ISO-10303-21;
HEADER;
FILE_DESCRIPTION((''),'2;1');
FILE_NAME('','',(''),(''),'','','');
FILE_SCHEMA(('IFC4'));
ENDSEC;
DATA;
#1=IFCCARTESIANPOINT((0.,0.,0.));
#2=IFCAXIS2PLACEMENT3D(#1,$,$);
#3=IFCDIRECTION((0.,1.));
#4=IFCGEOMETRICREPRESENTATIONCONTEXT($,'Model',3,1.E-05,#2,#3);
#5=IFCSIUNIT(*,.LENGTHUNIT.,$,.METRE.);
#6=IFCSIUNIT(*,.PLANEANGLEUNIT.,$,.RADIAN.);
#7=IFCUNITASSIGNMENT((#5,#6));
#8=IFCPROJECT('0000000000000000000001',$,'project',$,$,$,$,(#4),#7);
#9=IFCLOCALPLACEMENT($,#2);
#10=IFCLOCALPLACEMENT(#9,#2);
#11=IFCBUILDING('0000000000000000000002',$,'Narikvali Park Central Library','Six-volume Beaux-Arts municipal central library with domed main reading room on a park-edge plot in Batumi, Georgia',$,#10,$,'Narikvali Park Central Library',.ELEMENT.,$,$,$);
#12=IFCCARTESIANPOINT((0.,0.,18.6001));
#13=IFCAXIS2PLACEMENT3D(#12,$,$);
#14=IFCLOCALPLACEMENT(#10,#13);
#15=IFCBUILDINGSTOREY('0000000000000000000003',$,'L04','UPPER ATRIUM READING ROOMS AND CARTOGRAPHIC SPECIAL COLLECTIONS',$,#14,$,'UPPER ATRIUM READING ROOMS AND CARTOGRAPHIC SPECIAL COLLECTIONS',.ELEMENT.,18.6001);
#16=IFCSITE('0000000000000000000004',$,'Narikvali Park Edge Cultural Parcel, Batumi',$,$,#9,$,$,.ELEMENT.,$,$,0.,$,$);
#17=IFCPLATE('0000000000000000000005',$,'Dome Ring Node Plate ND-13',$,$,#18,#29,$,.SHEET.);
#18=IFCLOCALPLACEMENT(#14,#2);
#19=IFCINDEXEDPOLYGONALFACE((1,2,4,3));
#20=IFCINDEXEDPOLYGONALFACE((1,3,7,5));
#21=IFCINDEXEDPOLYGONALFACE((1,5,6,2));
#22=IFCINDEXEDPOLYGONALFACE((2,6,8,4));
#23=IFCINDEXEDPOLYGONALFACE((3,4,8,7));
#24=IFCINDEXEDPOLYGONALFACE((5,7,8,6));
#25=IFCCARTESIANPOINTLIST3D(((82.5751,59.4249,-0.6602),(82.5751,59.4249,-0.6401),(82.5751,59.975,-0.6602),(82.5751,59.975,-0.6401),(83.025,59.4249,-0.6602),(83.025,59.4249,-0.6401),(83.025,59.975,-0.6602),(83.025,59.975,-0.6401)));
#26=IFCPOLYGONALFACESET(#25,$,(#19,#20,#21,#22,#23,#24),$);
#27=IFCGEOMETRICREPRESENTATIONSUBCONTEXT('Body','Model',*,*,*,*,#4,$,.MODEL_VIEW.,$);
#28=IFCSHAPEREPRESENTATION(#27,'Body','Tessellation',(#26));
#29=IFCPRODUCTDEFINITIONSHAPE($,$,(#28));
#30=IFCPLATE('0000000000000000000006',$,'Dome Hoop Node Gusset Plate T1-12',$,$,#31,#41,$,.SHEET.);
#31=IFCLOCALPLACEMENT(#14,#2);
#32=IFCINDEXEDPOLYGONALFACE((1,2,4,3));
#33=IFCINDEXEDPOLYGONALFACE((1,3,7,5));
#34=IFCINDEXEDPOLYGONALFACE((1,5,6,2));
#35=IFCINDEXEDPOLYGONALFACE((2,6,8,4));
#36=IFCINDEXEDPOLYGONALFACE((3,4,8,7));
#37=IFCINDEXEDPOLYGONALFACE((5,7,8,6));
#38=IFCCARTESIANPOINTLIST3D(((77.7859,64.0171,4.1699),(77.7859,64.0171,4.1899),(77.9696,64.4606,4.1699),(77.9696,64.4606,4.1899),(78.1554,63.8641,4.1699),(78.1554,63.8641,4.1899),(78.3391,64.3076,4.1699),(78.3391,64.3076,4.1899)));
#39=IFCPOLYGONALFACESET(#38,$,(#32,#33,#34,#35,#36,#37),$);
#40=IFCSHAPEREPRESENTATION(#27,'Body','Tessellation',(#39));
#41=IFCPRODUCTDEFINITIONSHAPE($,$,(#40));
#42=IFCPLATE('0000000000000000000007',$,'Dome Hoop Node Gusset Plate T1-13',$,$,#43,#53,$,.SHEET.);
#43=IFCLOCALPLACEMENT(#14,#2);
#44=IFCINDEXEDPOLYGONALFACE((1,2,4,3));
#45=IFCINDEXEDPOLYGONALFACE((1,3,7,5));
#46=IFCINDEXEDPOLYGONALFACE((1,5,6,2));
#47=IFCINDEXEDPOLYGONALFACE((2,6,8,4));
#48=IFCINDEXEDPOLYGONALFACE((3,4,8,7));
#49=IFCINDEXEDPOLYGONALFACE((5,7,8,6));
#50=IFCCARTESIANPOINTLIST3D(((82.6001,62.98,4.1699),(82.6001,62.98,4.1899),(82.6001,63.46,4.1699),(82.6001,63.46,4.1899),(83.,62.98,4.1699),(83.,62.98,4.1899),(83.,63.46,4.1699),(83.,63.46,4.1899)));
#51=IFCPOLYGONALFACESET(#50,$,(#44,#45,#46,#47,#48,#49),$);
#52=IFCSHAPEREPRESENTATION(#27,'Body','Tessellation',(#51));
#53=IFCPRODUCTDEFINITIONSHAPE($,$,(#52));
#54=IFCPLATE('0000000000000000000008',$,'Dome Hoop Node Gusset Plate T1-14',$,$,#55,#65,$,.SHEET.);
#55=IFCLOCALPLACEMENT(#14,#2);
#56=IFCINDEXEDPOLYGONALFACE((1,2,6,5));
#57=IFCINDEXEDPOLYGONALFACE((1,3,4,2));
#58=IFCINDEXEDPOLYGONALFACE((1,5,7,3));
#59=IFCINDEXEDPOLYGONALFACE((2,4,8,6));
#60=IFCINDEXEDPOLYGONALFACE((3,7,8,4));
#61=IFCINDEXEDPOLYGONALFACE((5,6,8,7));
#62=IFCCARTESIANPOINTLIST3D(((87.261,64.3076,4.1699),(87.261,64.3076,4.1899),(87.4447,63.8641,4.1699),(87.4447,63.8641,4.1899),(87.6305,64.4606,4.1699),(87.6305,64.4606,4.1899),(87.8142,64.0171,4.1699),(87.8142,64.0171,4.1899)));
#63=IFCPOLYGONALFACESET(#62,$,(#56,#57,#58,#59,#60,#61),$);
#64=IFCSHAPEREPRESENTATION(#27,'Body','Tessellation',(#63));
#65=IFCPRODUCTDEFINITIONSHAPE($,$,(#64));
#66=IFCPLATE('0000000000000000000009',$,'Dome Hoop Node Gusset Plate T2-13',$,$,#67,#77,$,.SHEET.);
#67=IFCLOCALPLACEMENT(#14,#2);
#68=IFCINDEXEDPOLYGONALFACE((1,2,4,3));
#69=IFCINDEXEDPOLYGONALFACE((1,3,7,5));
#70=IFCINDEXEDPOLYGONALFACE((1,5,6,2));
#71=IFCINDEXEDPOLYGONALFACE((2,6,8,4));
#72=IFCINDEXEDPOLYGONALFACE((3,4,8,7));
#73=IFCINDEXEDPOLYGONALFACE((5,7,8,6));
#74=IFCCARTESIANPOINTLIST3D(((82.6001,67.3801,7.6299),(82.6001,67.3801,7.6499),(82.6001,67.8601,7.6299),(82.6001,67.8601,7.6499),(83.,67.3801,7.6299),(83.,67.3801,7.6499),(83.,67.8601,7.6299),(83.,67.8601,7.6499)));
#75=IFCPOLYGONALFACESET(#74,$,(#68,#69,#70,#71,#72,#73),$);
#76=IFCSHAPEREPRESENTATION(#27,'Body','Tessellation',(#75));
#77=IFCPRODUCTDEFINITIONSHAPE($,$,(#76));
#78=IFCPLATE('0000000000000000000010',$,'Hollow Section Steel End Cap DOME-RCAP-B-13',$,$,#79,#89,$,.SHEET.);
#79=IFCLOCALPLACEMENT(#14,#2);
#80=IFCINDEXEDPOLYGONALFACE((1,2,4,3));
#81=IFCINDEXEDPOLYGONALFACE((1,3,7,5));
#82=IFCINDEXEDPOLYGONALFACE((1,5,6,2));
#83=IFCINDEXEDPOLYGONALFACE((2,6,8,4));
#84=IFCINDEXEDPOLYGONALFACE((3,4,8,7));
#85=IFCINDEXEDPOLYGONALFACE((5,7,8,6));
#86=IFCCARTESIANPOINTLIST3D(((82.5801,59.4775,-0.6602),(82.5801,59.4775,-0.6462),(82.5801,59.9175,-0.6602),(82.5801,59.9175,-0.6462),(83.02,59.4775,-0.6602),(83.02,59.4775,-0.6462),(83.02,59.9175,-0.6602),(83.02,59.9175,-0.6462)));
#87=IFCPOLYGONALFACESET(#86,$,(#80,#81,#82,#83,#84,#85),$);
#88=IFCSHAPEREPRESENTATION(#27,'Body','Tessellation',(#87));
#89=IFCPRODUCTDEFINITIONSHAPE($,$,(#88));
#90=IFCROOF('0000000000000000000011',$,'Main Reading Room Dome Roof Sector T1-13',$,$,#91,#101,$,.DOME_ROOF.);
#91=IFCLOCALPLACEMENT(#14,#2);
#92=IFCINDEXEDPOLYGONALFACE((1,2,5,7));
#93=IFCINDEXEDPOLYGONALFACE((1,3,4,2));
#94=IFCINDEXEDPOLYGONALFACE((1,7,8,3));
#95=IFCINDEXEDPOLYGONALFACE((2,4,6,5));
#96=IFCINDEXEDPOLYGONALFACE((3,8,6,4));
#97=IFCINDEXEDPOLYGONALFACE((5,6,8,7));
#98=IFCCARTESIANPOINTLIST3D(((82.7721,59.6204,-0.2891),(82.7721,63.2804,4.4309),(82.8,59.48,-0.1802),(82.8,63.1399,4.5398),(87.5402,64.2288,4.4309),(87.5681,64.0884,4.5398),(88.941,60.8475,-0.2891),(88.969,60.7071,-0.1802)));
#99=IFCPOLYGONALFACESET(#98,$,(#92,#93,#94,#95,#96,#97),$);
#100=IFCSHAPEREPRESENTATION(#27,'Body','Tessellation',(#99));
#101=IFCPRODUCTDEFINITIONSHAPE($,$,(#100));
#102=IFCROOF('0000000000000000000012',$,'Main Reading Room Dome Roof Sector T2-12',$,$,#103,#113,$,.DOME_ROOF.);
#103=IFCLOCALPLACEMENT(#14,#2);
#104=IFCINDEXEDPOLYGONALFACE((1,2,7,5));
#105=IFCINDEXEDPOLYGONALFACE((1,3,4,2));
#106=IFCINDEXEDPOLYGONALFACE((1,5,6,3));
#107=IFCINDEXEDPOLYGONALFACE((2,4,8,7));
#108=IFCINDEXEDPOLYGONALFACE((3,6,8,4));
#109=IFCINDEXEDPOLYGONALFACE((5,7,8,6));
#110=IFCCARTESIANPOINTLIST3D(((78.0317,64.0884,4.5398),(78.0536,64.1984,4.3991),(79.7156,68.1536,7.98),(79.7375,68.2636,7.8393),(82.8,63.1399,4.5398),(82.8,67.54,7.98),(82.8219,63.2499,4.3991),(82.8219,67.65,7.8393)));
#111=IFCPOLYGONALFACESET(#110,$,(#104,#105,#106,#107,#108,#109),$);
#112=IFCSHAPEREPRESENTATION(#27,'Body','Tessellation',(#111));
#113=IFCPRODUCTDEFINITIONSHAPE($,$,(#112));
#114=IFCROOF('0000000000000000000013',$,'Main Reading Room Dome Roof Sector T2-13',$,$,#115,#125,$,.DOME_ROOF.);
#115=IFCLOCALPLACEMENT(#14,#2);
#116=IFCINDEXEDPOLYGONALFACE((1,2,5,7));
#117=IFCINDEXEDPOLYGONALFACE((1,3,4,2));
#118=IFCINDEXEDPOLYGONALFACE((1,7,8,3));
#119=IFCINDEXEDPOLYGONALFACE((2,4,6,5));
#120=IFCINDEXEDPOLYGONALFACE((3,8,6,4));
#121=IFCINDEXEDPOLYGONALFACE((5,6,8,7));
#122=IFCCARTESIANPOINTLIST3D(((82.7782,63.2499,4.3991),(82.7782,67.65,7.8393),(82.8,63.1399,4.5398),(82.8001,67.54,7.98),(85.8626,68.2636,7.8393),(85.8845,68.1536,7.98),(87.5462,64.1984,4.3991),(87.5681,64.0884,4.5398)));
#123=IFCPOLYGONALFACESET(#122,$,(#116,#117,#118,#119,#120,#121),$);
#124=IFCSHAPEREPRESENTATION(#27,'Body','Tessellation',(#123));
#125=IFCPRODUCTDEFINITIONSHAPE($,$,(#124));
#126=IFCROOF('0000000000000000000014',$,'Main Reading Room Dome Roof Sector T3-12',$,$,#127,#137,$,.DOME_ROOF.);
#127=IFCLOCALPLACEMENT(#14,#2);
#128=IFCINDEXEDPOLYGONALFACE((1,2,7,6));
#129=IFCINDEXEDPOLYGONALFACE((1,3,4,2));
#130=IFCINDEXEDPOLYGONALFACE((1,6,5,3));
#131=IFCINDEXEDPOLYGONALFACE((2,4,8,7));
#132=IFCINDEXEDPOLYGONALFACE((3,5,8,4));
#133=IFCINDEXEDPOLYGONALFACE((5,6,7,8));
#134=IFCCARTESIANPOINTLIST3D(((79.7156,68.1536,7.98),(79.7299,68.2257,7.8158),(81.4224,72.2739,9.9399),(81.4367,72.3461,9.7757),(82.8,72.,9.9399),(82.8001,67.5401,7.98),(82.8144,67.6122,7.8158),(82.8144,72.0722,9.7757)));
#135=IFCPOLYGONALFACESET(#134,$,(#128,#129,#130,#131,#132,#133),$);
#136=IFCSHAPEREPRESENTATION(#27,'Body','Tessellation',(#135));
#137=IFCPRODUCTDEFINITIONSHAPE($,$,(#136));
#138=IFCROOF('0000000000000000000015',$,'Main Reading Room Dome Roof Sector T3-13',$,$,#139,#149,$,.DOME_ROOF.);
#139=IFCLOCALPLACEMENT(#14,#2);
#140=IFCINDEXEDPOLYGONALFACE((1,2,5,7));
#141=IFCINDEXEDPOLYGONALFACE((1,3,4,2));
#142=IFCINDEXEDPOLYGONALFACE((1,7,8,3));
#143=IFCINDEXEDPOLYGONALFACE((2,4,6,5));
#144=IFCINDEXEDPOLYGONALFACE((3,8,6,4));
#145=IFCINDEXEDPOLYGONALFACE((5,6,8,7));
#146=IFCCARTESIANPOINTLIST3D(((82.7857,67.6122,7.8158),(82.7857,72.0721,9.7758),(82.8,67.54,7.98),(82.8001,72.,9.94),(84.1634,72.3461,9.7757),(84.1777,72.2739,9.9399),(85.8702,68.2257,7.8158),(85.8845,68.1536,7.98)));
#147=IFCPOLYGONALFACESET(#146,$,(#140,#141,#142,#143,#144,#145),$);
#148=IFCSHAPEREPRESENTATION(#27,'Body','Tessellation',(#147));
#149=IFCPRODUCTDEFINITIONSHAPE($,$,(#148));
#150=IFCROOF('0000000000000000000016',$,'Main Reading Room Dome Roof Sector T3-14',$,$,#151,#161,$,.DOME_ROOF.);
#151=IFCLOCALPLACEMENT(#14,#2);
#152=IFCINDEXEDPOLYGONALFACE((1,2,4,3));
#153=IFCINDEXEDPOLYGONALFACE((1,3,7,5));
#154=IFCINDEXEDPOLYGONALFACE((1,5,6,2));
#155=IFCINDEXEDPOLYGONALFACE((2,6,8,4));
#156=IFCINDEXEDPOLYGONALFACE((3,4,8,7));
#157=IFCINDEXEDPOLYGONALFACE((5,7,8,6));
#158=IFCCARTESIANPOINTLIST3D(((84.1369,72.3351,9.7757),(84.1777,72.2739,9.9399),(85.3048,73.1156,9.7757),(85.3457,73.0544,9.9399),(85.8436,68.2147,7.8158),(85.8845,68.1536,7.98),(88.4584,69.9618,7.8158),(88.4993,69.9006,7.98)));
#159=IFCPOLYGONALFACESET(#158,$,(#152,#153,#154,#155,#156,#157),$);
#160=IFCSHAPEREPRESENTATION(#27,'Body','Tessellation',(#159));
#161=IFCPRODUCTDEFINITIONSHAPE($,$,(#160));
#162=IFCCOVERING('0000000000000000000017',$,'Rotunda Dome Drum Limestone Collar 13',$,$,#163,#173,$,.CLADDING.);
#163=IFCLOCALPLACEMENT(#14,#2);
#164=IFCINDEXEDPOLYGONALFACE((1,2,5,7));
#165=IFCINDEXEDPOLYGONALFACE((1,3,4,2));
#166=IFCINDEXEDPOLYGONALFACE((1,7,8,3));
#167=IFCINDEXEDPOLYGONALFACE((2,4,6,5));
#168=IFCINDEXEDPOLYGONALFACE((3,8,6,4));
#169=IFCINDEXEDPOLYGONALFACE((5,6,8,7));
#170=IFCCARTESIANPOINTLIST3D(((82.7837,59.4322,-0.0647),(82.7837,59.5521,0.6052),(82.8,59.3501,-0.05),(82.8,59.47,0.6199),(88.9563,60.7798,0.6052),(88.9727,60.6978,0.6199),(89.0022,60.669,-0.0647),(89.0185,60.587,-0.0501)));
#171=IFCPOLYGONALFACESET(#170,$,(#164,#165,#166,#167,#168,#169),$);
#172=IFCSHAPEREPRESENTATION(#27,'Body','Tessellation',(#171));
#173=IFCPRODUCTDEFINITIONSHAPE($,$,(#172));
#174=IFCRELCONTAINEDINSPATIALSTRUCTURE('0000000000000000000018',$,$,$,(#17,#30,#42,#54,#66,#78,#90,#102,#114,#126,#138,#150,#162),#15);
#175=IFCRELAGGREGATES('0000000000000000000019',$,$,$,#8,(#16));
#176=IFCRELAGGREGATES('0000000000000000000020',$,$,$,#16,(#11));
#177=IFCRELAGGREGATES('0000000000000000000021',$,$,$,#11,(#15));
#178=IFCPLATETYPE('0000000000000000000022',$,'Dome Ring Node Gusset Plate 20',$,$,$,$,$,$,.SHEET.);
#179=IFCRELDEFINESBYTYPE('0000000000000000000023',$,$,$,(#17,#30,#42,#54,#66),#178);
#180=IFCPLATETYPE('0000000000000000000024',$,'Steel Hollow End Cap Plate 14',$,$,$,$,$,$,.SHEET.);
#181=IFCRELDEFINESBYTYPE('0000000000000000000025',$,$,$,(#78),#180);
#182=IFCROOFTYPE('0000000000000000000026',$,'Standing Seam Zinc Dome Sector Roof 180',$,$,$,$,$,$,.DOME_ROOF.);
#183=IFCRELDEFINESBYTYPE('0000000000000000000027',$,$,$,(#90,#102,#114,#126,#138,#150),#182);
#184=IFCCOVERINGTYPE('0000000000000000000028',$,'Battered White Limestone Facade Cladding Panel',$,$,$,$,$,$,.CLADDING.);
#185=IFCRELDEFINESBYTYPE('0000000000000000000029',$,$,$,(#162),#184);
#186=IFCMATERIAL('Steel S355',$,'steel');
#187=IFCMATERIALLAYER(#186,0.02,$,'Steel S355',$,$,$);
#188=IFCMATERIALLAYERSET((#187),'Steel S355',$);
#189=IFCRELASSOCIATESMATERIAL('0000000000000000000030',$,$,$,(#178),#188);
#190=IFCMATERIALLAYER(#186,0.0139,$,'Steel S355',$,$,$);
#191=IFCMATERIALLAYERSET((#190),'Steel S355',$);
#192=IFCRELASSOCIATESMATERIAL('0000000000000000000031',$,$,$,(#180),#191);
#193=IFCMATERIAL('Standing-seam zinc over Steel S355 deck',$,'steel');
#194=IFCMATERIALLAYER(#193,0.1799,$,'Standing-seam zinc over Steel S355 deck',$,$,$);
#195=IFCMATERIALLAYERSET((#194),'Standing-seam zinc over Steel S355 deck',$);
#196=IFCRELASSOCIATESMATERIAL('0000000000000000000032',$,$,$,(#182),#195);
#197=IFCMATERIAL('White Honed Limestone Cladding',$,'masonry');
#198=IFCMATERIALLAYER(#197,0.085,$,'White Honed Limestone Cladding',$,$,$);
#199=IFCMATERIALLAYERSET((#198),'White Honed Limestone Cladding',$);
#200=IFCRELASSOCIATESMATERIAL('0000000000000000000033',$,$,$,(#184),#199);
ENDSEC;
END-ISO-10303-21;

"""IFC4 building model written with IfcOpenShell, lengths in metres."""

from ifc_helpers import new_model, si_unit, direction, frame, origin, origin_2d, place, context, subcontext, project, spatial, polyline, rectangle, outline, extrude, material, layer, layer_set, type_object, element, save


model = new_model("IFC4")

# Units and contexts
model_context = context("Model", 3, precision=1e-05, world=origin(), true_north=direction((0.0, 1.0)))
body_context = subcontext(model_context, "Body", "Model", "MODEL_VIEW")
ifc_project = project(units=[si_unit("LENGTHUNIT", "METRE"), si_unit("PLANEANGLEUNIT", "RADIAN")], contexts=[model_context])

# Site, building, storey
site_placement = place(None, origin())
site = spatial("IfcSite", under=ifc_project, at=site_placement, Name="Narikvali Park Edge Cultural Parcel, Batumi", CompositionType="ELEMENT", RefElevation=0.0)
building_placement = place(site_placement, origin())
building = spatial("IfcBuilding", under=site, at=building_placement, Name="Narikvali Park Central Library", Description="Six-volume Beaux-Arts municipal central library with domed main reading room on a park-edge plot in Batumi, Georgia", LongName="Narikvali Park Central Library", CompositionType="ELEMENT")
storey_placement = place(building_placement, frame((0.0, 0.0, 18.6001)))
storey = spatial("IfcBuildingStorey", under=building, at=storey_placement, Name="L04", Description="UPPER ATRIUM READING ROOMS AND CARTOGRAPHIC SPECIAL COLLECTIONS", LongName="UPPER ATRIUM READING ROOMS AND CARTOGRAPHIC SPECIAL COLLECTIONS", CompositionType="ELEMENT", Elevation=18.6001)

# Shared definitions
ifc_material_1 = material(Name="Steel S355", Category="steel")

# Plates
ifc_layer_1 = layer(ifc_material_1, 0.02, Name="Steel S355")
ifc_layer_set_1 = layer_set([ifc_layer_1], Name="Steel S355")
plate_type_1 = type_object("IfcPlateType", Name="Dome Ring Node Gusset Plate 20", PredefinedType="SHEET", material=ifc_layer_set_1)
plate_1_placement = place(storey_placement, frame((82.8, 59.7, -0.6602), z_axis=(0.0, 0.0, 1.0), x_axis=(0.0, -1.0, 0.0)))
element("IfcPlate", 1, at=plate_1_placement, inside=storey, type_object=plate_type_1, Name="Dome Ring Node Plate ND-13", PredefinedType="SHEET", context=body_context, shape_type="SweptSolid", body=[
    extrude(rectangle(XDim=0.55, YDim=0.45, at=origin_2d()), origin(), (0.0, 0.0, 1.0), 0.02),
])
for number, where, z_axis, x_axis, name in (
    (2, (78.0625, 64.1624, 4.1699), (0.0, 0.0, 1.0), (-0.382683, -0.92388, 0.0), "Dome Hoop Node Gusset Plate T1-12"),
    (3, (82.8, 63.22, 4.1699), (0.0, 0.0, 1.0), (0.0, -1.0, 0.0), "Dome Hoop Node Gusset Plate T1-13"),
    (4, (87.5376, 64.1624, 4.1699), (0.0, 0.0, 1.0), (0.382683, -0.92388, 0.0), "Dome Hoop Node Gusset Plate T1-14"),
    (5, (82.8, 67.6201, 7.6299), (0.0, 0.0, 1.0), (0.0, -1.0, 0.0), "Dome Hoop Node Gusset Plate T2-13"),
):
    element("IfcPlate", number, at=place(storey_placement, frame(where, z_axis=z_axis, x_axis=x_axis)), inside=storey, type_object=plate_type_1, Name=name, PredefinedType="SHEET", context=body_context, shape_type="SweptSolid", body=[
        extrude(rectangle(XDim=0.48, YDim=0.3999, at=origin_2d()), origin(), (0.0, 0.0, 1.0), 0.02),
    ])
ifc_layer_2 = layer(ifc_material_1, 0.0139, Name="Steel S355")
ifc_layer_set_2 = layer_set([ifc_layer_2], Name="Steel S355")
plate_type_2 = type_object("IfcPlateType", Name="Steel Hollow End Cap Plate 14", PredefinedType="SHEET", material=ifc_layer_set_2)
plate_2_placement = place(storey_placement, frame((82.8, 59.6975, -0.6602), z_axis=(0.0, 0.0, 1.0), x_axis=(1.0, 0.0, 0.0)))
element("IfcPlate", 6, at=plate_2_placement, inside=storey, type_object=plate_type_2, Name="Hollow Section Steel End Cap DOME-RCAP-B-13", PredefinedType="SHEET", context=body_context, shape_type="SweptSolid", body=[
    extrude(rectangle(XDim=0.4399, YDim=0.4399, at=origin_2d()), origin(), (0.0, 0.0, 1.0), 0.0139),
])

# Roofs
ifc_material_2 = material(Name="Standing-seam zinc over Steel S355 deck", Category="steel")
ifc_layer_3 = layer(ifc_material_2, 0.1799, Name="Standing-seam zinc over Steel S355 deck")
ifc_layer_set_3 = layer_set([ifc_layer_3], Name="Standing-seam zinc over Steel S355 deck")
roof_type = type_object("IfcRoofType", Name="Standing Seam Zinc Dome Sector Roof 180", PredefinedType="DOME_ROOF", material=ifc_layer_set_3)
roof_1_placement = place(storey_placement, frame((82.8, 59.48, -0.1802), z_axis=(0.155287, -0.780668, 0.605345), x_axis=(0.980785, 0.19509, -0.000003)))
element("IfcRoof", 7, at=roof_1_placement, inside=storey, type_object=roof_type, Name="Main Reading Room Dome Roof Sector T1-13", PredefinedType="DOME_ROOF", context=body_context, shape_type="SweptSolid", body=[
    extrude(outline(polyline([(0.0, 0.0), (6.2898, 0.0), (5.5755, 5.9299), (0.714, 5.9299), (0.0, 0.0)])), origin(), (0.0, 0.0, -1.0), 0.1799),
])
roof_2_placement = place(storey_placement, frame((78.0317, 64.0884, 4.5398), z_axis=(-0.121607, -0.61136, 0.781953), x_axis=(0.980785, -0.195091, -0.000001)))
element("IfcRoof", 8, at=roof_2_placement, inside=storey, type_object=roof_type, Name="Main Reading Room Dome Roof Sector T2-12", PredefinedType="DOME_ROOF", context=body_context, shape_type="SweptSolid", body=[
    extrude(outline(polyline([(0.0, 0.0), (4.8617, 0.0), (4.0033, 5.519), (0.8584, 5.519), (0.0, 0.0)])), origin(), (0.0, 0.0, -1.0), 0.1799),
])
roof_3_placement = place(storey_placement, frame((82.8, 63.1399, 4.5398), z_axis=(0.121611, -0.611361, 0.781952), x_axis=(0.980783, 0.1951, 0.000003)))
element("IfcRoof", 9, at=roof_3_placement, inside=storey, type_object=roof_type, Name="Main Reading Room Dome Roof Sector T2-13", PredefinedType="DOME_ROOF", context=body_context, shape_type="SweptSolid", body=[
    extrude(outline(polyline([(0.0, 0.0), (4.8615, 0.0), (4.0034, 5.5189), (0.8585, 5.519), (0.0, 0.0)])), origin(), (0.0, 0.0, -1.0), 0.1799),
])
roof_4_placement = place(storey_placement, frame((79.7156, 68.1536, 7.98), z_axis=(-0.079762, -0.401046, 0.912579), x_axis=(0.980787, -0.195082, -0.000009)))
element("IfcRoof", 10, at=roof_4_placement, inside=storey, type_object=roof_type, Name="Main Reading Room Dome Roof Sector T3-12", PredefinedType="DOME_ROOF", context=body_context, shape_type="SweptSolid", body=[
    extrude(outline(polyline([(0.0, 0.0), (3.1449, 0.0), (2.2748, 4.7933), (0.8702, 4.7932), (0.0, 0.0)])), origin(), (0.0, 0.0, -1.0), 0.1799),
])
roof_5_placement = place(storey_placement, frame((82.8, 67.54, 7.98), z_axis=(0.079762, -0.401046, 0.912579), x_axis=(0.980787, 0.195082, 0.000009)))
element("IfcRoof", 11, at=roof_5_placement, inside=storey, type_object=roof_type, Name="Main Reading Room Dome Roof Sector T3-13", PredefinedType="DOME_ROOF", context=body_context, shape_type="SweptSolid", body=[
    extrude(outline(polyline([(0.0, 0.0), (3.1449, 0.0), (2.2747, 4.7932), (0.8701, 4.7933), (0.0, 0.0)])), origin(), (0.0, 0.0, -1.0), 0.1799),
])
roof_6_placement = place(storey_placement, frame((85.8845, 68.1536, 7.98), z_axis=(0.227175, -0.339983, 0.91258), x_axis=(0.831474, 0.555563, -0.000009)))
element("IfcRoof", 12, at=roof_6_placement, inside=storey, type_object=roof_type, Name="Main Reading Room Dome Roof Sector T3-14", PredefinedType="DOME_ROOF", context=body_context, shape_type="SweptSolid", body=[
    extrude(outline(polyline([(0.0, 0.0), (3.1447, 0.0), (2.2747, 4.7933), (0.87, 4.7932), (0.0, 0.0)])), origin(), (0.0, 0.0, -1.0), 0.1799),
])

# Covering
ifc_material_3 = material(Name="White Honed Limestone Cladding", Category="masonry")
ifc_layer_4 = layer(ifc_material_3, 0.085, Name="White Honed Limestone Cladding")
ifc_layer_set_4 = layer_set([ifc_layer_4], Name="White Honed Limestone Cladding")
covering_type = type_object("IfcCoveringType", Name="Battered White Limestone Facade Cladding Panel", PredefinedType="CLADDING", material=ifc_layer_set_4)
covering_placement = place(storey_placement, frame((82.8, 59.3501, -0.05), z_axis=(0.19214, -0.966012, 0.172923), x_axis=(0.980788, 0.195079, -0.000001)))
element("IfcCovering", 13, at=covering_placement, inside=storey, type_object=covering_type, Name="Rotunda Dome Drum Limestone Collar 13", PredefinedType="CLADDING", context=body_context, shape_type="SweptSolid", body=[
    extrude(outline(polyline([(0.0, 0.0), (6.3403, 0.0), (6.3169, 0.6802), (0.0234, 0.6802), (0.0, 0.0)])), origin(), (0.0, 0.0, -1.0), 0.085),
])

save(model, "model.ifc")
